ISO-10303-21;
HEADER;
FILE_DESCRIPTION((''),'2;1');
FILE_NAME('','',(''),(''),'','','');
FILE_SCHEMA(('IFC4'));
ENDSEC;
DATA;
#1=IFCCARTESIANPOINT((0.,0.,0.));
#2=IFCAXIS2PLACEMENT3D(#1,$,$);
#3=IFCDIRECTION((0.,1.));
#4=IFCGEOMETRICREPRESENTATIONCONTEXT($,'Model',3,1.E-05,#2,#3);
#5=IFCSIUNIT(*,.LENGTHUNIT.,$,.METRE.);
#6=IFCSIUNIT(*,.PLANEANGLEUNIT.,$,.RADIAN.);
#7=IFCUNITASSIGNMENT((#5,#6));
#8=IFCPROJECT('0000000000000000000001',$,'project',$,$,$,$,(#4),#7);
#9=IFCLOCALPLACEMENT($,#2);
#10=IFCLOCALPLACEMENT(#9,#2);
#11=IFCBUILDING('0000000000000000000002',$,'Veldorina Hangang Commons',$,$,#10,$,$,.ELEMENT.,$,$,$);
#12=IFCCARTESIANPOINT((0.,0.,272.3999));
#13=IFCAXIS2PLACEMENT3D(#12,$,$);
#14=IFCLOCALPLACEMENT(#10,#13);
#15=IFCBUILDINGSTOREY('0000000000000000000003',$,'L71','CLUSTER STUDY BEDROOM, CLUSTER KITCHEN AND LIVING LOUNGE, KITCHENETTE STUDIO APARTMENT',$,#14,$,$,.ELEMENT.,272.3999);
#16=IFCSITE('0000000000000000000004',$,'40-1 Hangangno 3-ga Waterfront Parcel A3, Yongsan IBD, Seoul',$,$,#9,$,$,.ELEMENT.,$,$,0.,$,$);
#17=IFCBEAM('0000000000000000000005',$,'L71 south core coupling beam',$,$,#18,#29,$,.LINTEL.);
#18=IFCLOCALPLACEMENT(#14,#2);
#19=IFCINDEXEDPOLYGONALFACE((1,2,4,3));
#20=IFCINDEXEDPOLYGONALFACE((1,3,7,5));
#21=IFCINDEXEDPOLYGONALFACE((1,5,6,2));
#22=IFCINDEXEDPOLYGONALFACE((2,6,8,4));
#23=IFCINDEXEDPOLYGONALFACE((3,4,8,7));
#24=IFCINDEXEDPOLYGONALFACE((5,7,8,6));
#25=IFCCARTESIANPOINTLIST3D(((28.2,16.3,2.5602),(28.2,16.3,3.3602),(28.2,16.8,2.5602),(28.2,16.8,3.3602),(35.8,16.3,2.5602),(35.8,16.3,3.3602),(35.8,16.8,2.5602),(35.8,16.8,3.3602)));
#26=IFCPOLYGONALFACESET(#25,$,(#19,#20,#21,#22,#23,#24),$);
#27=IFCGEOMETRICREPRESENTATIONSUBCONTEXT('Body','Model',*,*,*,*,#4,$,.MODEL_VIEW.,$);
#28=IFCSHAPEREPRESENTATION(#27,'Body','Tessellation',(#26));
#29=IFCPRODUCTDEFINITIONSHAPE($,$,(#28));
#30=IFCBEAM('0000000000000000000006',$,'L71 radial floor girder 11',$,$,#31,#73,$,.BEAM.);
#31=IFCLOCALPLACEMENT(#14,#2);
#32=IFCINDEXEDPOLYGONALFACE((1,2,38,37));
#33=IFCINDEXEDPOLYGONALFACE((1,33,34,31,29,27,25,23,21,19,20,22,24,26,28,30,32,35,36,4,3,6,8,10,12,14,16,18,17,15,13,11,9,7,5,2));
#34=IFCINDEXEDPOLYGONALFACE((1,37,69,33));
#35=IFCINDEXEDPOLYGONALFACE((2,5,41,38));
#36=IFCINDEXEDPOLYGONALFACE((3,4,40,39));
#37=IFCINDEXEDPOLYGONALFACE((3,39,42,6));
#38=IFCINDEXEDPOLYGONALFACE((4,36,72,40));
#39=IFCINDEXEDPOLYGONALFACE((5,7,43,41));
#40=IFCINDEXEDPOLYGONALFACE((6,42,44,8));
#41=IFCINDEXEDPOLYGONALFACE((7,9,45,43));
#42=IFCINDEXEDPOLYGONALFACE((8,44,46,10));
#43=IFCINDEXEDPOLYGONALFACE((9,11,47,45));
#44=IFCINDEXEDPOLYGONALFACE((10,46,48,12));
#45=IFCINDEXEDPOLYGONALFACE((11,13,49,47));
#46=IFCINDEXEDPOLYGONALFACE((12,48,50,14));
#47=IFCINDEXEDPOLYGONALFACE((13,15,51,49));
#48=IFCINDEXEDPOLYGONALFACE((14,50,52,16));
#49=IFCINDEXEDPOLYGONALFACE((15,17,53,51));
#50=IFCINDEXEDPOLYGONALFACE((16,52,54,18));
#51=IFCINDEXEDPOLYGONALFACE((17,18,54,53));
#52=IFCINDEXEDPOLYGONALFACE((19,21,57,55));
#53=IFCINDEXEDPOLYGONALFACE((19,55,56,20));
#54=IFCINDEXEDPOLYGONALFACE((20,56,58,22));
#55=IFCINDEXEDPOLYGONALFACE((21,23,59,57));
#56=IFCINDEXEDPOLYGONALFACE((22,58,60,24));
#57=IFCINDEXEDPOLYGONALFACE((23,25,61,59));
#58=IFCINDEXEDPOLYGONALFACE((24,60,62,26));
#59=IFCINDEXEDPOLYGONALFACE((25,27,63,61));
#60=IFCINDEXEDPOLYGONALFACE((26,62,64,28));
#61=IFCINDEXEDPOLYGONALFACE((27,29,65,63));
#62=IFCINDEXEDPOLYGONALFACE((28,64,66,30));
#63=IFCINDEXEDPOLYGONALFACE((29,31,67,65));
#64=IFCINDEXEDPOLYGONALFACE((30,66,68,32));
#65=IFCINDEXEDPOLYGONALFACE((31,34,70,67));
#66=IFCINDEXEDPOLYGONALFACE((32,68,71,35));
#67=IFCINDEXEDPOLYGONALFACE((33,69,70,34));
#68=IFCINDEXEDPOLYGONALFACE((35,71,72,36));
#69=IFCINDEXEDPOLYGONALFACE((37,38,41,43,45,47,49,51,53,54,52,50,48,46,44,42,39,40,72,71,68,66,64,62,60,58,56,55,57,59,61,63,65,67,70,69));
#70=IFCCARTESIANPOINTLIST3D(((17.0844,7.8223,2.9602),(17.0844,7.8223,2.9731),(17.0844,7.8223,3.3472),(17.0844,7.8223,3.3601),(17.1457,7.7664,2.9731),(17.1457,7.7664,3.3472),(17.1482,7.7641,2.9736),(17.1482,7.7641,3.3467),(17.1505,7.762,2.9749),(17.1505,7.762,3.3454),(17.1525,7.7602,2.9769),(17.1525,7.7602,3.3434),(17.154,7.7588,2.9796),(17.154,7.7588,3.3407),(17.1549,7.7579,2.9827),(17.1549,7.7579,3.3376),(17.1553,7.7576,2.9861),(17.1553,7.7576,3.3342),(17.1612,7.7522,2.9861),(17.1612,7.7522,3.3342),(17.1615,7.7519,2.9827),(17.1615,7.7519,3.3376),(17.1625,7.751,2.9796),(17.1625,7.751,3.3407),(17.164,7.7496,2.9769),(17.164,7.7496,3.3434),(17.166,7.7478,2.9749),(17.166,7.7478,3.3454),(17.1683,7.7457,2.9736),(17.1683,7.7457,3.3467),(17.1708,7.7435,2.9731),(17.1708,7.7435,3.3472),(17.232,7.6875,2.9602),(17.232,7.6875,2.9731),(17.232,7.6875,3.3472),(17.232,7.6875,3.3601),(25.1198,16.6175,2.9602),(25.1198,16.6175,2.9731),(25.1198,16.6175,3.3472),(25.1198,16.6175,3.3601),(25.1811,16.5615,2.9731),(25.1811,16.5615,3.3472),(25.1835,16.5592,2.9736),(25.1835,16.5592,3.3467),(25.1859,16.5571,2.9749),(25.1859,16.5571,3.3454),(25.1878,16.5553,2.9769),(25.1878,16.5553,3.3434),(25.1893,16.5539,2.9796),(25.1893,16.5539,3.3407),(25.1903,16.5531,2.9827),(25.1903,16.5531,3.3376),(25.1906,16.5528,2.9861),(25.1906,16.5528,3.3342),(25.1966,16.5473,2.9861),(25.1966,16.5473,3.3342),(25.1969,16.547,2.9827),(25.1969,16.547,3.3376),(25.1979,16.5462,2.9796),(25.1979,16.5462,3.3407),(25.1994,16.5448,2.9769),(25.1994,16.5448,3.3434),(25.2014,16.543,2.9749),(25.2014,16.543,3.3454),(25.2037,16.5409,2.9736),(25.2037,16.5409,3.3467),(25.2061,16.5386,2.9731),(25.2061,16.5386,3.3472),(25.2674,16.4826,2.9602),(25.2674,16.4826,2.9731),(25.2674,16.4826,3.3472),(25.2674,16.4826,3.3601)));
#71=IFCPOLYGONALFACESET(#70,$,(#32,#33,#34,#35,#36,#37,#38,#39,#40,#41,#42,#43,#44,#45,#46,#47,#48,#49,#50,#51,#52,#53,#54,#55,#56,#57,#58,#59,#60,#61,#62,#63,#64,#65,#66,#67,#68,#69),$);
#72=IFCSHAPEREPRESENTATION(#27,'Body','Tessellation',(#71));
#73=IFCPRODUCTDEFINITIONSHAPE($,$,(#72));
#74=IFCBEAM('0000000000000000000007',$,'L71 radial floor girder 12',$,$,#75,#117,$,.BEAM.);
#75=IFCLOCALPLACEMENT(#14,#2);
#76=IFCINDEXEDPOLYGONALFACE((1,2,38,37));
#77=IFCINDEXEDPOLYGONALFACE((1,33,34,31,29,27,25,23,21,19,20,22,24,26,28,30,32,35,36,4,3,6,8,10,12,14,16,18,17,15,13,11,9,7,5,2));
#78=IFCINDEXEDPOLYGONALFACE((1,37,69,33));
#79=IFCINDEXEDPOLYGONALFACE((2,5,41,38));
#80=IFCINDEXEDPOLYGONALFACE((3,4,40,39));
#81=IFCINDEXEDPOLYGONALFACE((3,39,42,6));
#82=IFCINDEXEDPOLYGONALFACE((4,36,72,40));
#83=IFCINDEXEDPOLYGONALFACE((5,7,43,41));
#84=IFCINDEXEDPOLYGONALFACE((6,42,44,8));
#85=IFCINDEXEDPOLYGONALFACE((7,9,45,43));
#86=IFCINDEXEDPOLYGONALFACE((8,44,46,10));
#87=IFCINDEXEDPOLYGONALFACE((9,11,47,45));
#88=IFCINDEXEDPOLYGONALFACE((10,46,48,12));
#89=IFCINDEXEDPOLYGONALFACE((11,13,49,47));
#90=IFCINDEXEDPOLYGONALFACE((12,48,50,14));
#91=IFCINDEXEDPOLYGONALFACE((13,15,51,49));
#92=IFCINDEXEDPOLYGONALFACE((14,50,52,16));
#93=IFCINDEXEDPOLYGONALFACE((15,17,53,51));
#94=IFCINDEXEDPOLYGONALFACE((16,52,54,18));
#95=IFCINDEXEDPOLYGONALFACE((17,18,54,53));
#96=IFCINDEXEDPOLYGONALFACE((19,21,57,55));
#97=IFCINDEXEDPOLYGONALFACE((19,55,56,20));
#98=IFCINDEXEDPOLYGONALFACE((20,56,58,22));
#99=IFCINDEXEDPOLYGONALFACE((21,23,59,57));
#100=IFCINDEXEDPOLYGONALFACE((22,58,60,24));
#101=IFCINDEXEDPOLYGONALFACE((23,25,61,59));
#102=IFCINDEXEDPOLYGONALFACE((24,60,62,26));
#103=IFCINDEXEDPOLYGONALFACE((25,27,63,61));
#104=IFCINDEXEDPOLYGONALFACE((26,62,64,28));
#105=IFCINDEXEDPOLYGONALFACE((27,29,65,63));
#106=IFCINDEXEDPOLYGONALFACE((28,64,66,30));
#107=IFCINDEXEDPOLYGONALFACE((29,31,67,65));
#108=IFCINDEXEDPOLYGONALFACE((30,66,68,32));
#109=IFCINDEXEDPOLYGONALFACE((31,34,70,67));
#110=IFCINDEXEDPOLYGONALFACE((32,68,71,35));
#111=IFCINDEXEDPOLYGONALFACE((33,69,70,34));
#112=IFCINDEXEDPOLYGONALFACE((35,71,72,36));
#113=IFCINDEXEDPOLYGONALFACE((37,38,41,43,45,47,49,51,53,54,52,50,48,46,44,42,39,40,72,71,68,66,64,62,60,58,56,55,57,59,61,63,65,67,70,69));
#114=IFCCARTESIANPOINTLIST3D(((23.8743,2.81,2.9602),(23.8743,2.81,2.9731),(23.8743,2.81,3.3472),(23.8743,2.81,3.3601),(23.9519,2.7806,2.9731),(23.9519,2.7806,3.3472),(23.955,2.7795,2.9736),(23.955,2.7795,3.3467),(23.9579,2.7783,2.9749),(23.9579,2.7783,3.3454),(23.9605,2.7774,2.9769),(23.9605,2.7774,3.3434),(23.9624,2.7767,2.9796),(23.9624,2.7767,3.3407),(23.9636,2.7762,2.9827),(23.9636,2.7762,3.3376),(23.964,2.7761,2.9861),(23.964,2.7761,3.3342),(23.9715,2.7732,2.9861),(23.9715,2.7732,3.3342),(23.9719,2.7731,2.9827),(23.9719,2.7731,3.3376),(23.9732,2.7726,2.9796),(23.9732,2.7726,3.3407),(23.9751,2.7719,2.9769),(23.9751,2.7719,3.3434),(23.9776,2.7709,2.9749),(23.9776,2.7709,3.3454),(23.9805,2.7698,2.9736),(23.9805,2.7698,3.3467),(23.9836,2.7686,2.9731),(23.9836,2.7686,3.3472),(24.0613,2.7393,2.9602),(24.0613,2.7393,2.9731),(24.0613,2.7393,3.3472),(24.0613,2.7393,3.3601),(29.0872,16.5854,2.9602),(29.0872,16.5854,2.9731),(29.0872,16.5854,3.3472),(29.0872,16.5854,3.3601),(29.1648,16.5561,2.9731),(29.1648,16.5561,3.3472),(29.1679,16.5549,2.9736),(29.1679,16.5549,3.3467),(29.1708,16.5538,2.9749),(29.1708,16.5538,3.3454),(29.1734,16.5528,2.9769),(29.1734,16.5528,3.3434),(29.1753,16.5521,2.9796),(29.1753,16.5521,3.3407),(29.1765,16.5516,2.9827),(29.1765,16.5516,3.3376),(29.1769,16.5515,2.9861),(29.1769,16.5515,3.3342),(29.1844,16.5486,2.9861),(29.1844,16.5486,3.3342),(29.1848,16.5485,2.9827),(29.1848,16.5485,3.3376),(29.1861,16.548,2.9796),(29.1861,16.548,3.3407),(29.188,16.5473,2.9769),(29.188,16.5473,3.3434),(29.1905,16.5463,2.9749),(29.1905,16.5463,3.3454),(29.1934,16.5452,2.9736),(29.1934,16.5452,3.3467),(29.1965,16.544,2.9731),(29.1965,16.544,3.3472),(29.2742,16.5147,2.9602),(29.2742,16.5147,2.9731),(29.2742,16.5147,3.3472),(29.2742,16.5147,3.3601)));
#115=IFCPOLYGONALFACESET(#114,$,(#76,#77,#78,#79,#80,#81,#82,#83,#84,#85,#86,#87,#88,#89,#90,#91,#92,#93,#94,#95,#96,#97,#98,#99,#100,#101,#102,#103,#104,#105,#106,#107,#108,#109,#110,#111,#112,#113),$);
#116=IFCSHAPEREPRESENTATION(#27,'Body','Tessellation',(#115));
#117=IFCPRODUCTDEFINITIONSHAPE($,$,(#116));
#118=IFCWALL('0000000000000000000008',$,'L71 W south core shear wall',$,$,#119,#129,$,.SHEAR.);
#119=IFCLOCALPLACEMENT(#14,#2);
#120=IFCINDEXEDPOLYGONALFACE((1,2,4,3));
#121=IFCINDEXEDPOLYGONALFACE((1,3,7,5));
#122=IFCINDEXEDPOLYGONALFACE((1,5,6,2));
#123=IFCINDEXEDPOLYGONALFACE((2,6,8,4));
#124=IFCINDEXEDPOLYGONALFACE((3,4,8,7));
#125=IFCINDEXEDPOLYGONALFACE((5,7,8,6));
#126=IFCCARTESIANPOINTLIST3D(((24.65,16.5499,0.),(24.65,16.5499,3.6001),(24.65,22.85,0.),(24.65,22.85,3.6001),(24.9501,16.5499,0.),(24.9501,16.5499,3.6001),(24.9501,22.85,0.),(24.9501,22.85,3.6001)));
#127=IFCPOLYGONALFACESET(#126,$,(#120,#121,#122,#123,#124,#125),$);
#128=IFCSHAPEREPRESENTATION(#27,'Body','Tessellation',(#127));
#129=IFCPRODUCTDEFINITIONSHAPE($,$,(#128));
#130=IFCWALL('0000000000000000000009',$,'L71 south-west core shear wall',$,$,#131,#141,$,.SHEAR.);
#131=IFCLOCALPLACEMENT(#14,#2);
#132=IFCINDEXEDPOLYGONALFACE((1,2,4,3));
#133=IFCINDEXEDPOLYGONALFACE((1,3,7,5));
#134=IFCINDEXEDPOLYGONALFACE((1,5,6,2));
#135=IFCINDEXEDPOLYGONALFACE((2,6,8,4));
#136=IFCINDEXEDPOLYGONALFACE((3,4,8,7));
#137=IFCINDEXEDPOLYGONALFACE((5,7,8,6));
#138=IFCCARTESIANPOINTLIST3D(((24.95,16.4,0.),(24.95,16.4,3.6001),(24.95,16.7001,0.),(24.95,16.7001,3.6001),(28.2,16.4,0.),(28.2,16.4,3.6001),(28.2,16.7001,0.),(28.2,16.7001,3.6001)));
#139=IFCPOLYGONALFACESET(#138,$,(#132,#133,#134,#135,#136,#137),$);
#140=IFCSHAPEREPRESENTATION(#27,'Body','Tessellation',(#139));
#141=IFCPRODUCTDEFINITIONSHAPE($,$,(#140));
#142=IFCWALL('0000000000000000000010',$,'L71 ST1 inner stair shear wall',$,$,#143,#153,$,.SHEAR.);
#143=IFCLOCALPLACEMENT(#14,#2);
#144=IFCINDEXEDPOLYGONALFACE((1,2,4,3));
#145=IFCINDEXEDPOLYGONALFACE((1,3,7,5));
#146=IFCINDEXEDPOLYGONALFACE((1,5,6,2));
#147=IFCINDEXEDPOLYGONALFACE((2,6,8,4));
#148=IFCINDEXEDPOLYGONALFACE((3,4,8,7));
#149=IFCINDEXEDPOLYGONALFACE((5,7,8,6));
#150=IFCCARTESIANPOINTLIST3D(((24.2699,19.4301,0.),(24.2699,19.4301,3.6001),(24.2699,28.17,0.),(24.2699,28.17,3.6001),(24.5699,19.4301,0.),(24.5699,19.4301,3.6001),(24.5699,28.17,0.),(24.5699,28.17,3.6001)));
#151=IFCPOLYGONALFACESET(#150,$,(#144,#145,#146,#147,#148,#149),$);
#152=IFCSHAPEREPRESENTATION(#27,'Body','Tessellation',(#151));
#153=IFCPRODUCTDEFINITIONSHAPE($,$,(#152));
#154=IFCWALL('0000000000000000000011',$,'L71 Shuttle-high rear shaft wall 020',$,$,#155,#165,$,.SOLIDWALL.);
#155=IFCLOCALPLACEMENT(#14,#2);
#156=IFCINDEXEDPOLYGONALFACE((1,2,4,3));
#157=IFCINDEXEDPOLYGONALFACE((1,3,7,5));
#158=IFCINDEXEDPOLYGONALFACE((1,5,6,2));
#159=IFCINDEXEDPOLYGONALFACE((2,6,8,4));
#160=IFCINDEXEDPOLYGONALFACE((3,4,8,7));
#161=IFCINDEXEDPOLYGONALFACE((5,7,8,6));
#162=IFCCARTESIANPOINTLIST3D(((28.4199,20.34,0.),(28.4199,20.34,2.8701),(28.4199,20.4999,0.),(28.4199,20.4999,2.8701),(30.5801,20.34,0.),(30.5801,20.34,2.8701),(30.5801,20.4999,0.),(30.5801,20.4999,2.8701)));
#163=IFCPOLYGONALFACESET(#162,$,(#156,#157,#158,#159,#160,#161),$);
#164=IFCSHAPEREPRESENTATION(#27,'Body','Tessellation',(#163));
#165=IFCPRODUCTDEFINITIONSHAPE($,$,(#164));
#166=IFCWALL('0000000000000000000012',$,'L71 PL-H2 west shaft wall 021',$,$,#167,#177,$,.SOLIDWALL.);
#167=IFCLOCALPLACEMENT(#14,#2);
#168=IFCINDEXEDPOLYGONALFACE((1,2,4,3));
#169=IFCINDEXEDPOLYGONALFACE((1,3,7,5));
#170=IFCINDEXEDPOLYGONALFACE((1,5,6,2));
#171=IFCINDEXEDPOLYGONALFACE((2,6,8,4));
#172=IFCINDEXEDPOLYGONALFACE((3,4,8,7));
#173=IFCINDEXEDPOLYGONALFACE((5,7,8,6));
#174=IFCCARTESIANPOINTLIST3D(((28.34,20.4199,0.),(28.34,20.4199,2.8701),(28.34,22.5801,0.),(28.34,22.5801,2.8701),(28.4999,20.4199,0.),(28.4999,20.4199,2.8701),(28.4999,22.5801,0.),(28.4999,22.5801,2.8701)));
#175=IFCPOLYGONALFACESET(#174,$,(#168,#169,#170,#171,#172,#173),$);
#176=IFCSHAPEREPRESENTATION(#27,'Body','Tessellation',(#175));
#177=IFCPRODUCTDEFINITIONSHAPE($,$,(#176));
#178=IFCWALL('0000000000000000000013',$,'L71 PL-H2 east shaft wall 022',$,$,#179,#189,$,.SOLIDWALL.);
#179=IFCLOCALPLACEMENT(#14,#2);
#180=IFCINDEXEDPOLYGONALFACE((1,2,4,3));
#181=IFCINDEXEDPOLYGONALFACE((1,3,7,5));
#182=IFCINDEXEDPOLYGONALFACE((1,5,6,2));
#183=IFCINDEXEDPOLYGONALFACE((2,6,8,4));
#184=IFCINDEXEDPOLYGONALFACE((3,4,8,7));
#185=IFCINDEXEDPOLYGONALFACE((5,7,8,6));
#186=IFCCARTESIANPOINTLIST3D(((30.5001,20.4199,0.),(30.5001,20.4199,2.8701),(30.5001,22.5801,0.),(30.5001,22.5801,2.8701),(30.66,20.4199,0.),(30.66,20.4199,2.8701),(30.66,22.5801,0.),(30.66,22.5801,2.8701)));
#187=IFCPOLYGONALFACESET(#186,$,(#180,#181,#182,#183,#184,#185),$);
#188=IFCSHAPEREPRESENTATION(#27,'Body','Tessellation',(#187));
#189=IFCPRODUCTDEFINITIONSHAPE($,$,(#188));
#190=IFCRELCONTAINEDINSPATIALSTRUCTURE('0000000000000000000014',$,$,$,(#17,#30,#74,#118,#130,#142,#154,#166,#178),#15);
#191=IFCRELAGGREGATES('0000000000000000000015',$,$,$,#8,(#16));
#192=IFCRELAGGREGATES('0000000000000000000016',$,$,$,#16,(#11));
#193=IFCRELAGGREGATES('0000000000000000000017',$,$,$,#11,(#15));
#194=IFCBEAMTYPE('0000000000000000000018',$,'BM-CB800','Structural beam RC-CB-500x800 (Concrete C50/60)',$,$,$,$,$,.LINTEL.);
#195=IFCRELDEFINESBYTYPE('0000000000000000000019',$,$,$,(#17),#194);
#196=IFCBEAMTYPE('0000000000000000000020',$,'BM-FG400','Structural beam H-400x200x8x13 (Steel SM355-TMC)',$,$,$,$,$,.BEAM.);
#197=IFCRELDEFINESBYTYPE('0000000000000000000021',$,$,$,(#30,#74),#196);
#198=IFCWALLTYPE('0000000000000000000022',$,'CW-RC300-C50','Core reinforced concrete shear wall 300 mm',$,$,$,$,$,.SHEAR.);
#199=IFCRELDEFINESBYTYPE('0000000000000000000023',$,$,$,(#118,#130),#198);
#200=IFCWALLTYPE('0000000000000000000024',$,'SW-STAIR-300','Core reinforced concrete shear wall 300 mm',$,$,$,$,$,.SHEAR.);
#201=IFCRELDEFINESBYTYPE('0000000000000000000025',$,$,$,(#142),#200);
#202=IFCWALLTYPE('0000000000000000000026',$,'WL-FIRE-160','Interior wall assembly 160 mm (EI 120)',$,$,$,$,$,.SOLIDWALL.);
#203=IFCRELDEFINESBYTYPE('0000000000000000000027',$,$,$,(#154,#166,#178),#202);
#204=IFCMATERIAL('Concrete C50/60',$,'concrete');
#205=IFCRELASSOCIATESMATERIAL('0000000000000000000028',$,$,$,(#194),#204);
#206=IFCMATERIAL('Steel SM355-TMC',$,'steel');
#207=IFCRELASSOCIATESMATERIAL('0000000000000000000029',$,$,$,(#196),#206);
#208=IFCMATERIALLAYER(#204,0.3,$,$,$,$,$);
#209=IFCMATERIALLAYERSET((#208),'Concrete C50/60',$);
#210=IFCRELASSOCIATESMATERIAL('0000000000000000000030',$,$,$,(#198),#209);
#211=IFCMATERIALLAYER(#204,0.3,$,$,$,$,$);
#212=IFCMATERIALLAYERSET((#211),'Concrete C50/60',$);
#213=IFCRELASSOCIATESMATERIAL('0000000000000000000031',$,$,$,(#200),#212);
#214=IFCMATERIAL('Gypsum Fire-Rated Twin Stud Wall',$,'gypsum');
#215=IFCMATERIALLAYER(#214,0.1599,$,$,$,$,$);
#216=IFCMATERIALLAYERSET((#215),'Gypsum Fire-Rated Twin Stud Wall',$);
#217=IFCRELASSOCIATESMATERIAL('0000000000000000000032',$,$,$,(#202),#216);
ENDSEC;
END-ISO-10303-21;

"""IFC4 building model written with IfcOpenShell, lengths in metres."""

from ifc_helpers import new_model, si_unit, direction, frame, frame_2d, origin, origin_2d, place, context, subcontext, project, spatial, rectangle, i_section, extrude, material, layer, layer_set, material_profile, profile_set, type_object, element, save


model = new_model("IFC4")

# Units and contexts
model_context = context("Model", 3, precision=1e-05, world=origin(), true_north=direction((0.0, 1.0)))
body_context = subcontext(model_context, "Body", "Model", "MODEL_VIEW")
ifc_project = project(units=[si_unit("LENGTHUNIT", "METRE"), si_unit("PLANEANGLEUNIT", "RADIAN")], contexts=[model_context])

# Site, building, storey
site_placement = place(None, origin())
site = spatial("IfcSite", under=ifc_project, at=site_placement, Name="40-1 Hangangno 3-ga Waterfront Parcel A3, Yongsan IBD, Seoul", CompositionType="ELEMENT", RefElevation=0.0)
building_placement = place(site_placement, origin())
building = spatial("IfcBuilding", under=site, at=building_placement, Name="Veldorina Hangang Commons", CompositionType="ELEMENT")
storey_placement = place(building_placement, frame((0.0, 0.0, 272.3999)))
storey = spatial("IfcBuildingStorey", under=building, at=storey_placement, Name="L71", Description="CLUSTER STUDY BEDROOM, CLUSTER KITCHEN AND LIVING LOUNGE, KITCHENETTE STUDIO APARTMENT", CompositionType="ELEMENT", Elevation=272.3999)

# Beams
ifc_material_1 = material(Name="Concrete C50/60", Category="concrete")
ifc_material_profile_1 = material_profile(ifc_material_1, rectangle(XDim=0.5, YDim=0.8, at=origin_2d()), Name="RC-CB-500x800")
ifc_profile_set_1 = profile_set([ifc_material_profile_1], Name="Concrete C50/60")
beam_type_1 = type_object("IfcBeamType", Name="BM-CB800", Description="Structural beam RC-CB-500x800 (Concrete C50/60)", PredefinedType="LINTEL", material=ifc_profile_set_1)
beam_1_placement = place(storey_placement, frame((28.2, 16.55, 2.9602), z_axis=(1.0, 0.0, 0.0), x_axis=(0.0, 1.0, 0.0)))
element("IfcBeam", 1, at=beam_1_placement, inside=storey, type_object=beam_type_1, Name="L71 south core coupling beam", PredefinedType="LINTEL", context=body_context, shape_type="SweptSolid", body=[
    extrude(rectangle(XDim=0.5, YDim=0.8, at=origin_2d()), origin(), (0.0, 0.0, 1.0), 7.6001),
])
ifc_material_2 = material(Name="Steel SM355-TMC", Category="steel")
ifc_material_profile_2 = material_profile(ifc_material_2, i_section(OverallWidth=0.2, OverallDepth=0.3999, WebThickness=0.0081, FlangeThickness=0.0129, FilletRadius=0.0129, at=origin_2d()), Name="H-400x200x8x13")
ifc_profile_set_2 = profile_set([ifc_material_profile_2], Name="Steel SM355-TMC")
beam_type_2 = type_object("IfcBeamType", Name="BM-FG400", Description="Structural beam H-400x200x8x13 (Steel SM355-TMC)", PredefinedType="BEAM", material=ifc_profile_set_2)
beam_2_placement = place(storey_placement, frame((25.1936, 16.55, 3.1602), z_axis=(-0.6745, -0.738275, 0.0), x_axis=(0.738275, -0.6745, 0.0)))
element("IfcBeam", 2, at=beam_2_placement, inside=storey, type_object=beam_type_2, Name="L71 radial floor girder 11", PredefinedType="BEAM", context=body_context, shape_type="SweptSolid", body=[
    extrude(i_section(OverallWidth=0.2, OverallDepth=0.3999, WebThickness=0.0081, FlangeThickness=0.0129, FilletRadius=0.0129, at=origin_2d()), origin(), (0.0, 0.0, 1.0), 11.9131),
])
beam_3_placement = place(storey_placement, frame((29.1807, 16.55, 3.1602), z_axis=(-0.353927, -0.935273, 0.0), x_axis=(0.935273, -0.353927, 0.0)))
element("IfcBeam", 3, at=beam_3_placement, inside=storey, type_object=beam_type_2, Name="L71 radial floor girder 12", PredefinedType="BEAM", context=body_context, shape_type="SweptSolid", body=[
    extrude(i_section(OverallWidth=0.2, OverallDepth=0.3999, WebThickness=0.0081, FlangeThickness=0.0129, FilletRadius=0.0129, at=origin_2d()), origin(), (0.0, 0.0, 1.0), 14.7288),
])

# Walls
ifc_layer_1 = layer(ifc_material_1, 0.3)
ifc_layer_set_1 = layer_set([ifc_layer_1], Name="Concrete C50/60")
wall_type_1 = type_object("IfcWallType", Name="CW-RC300-C50", Description="Core reinforced concrete shear wall 300 mm", PredefinedType="SHEAR", material=ifc_layer_set_1)
wall_1_placement = place(storey_placement, frame((24.8, 16.55, 0.0), z_axis=(0.0, 0.0, 1.0), x_axis=(0.0, 1.0, 0.0)))
element("IfcWall", 4, at=wall_1_placement, inside=storey, type_object=wall_type_1, Name="L71 W south core shear wall", PredefinedType="SHEAR", context=body_context, shape_type="SweptSolid", body=[
    extrude(rectangle(XDim=6.3, YDim=0.3, at=frame_2d((3.1499, 0.0))), origin(), (0.0, 0.0, 1.0), 3.6001),
])
wall_2_placement = place(storey_placement, frame((24.95, 16.55, 0.0), z_axis=(0.0, 0.0, 1.0), x_axis=(1.0, 0.0, 0.0)))
element("IfcWall", 5, at=wall_2_placement, inside=storey, type_object=wall_type_1, Name="L71 south-west core shear wall", PredefinedType="SHEAR", context=body_context, shape_type="SweptSolid", body=[
    extrude(rectangle(XDim=3.25, YDim=0.3, at=frame_2d((1.625, 0.0))), origin(), (0.0, 0.0, 1.0), 3.6001),
])
ifc_layer_2 = layer(ifc_material_1, 0.3)
ifc_layer_set_2 = layer_set([ifc_layer_2], Name="Concrete C50/60")
wall_type_2 = type_object("IfcWallType", Name="SW-STAIR-300", Description="Core reinforced concrete shear wall 300 mm", PredefinedType="SHEAR", material=ifc_layer_set_2)
wall_3_placement = place(storey_placement, frame((24.4199, 19.4299, 0.0), z_axis=(0.0, 0.0, 1.0), x_axis=(0.0, 1.0, 0.0)))
element("IfcWall", 6, at=wall_3_placement, inside=storey, type_object=wall_type_2, Name="L71 ST1 inner stair shear wall", PredefinedType="SHEAR", context=body_context, shape_type="SweptSolid", body=[
    extrude(rectangle(XDim=8.74, YDim=0.3, at=frame_2d((4.3701, 0.0))), origin(), (0.0, 0.0, 1.0), 3.6001),
])

# Shared definitions
ifc_material_3 = material(Name="Gypsum Fire-Rated Twin Stud Wall", Category="gypsum")
ifc_layer_3 = layer(ifc_material_3, 0.1599)
ifc_layer_set_3 = layer_set([ifc_layer_3], Name="Gypsum Fire-Rated Twin Stud Wall")
wall_type_3 = type_object("IfcWallType", Name="WL-FIRE-160", Description="Interior wall assembly 160 mm (EI 120)", PredefinedType="SOLIDWALL", material=ifc_layer_set_3)

# Walls
for number, where, z_axis, x_axis, name in (
    (7, (28.4199, 20.4199, 0.0), (0.0, 0.0, 1.0), (1.0, 0.0, 0.0), "L71 Shuttle-high rear shaft wall 020"),
    (8, (28.4199, 20.4199, 0.0), (0.0, 0.0, 1.0), (0.0, 1.0, 0.0), "L71 PL-H2 west shaft wall 021"),
    (9, (30.5801, 20.4199, 0.0), (0.0, 0.0, 1.0), (0.0, 1.0, 0.0), "L71 PL-H2 east shaft wall 022"),
):
    element("IfcWall", number, at=place(storey_placement, frame(where, z_axis=z_axis, x_axis=x_axis)), inside=storey, type_object=wall_type_3, Name=name, PredefinedType="SOLIDWALL", context=body_context, shape_type="SweptSolid", body=[
        extrude(rectangle(XDim=2.1602, YDim=0.1599, at=frame_2d((1.0801, 0.0))), origin(), (0.0, 0.0, 1.0), 2.8701),
    ])

save(model, "model.ifc")
